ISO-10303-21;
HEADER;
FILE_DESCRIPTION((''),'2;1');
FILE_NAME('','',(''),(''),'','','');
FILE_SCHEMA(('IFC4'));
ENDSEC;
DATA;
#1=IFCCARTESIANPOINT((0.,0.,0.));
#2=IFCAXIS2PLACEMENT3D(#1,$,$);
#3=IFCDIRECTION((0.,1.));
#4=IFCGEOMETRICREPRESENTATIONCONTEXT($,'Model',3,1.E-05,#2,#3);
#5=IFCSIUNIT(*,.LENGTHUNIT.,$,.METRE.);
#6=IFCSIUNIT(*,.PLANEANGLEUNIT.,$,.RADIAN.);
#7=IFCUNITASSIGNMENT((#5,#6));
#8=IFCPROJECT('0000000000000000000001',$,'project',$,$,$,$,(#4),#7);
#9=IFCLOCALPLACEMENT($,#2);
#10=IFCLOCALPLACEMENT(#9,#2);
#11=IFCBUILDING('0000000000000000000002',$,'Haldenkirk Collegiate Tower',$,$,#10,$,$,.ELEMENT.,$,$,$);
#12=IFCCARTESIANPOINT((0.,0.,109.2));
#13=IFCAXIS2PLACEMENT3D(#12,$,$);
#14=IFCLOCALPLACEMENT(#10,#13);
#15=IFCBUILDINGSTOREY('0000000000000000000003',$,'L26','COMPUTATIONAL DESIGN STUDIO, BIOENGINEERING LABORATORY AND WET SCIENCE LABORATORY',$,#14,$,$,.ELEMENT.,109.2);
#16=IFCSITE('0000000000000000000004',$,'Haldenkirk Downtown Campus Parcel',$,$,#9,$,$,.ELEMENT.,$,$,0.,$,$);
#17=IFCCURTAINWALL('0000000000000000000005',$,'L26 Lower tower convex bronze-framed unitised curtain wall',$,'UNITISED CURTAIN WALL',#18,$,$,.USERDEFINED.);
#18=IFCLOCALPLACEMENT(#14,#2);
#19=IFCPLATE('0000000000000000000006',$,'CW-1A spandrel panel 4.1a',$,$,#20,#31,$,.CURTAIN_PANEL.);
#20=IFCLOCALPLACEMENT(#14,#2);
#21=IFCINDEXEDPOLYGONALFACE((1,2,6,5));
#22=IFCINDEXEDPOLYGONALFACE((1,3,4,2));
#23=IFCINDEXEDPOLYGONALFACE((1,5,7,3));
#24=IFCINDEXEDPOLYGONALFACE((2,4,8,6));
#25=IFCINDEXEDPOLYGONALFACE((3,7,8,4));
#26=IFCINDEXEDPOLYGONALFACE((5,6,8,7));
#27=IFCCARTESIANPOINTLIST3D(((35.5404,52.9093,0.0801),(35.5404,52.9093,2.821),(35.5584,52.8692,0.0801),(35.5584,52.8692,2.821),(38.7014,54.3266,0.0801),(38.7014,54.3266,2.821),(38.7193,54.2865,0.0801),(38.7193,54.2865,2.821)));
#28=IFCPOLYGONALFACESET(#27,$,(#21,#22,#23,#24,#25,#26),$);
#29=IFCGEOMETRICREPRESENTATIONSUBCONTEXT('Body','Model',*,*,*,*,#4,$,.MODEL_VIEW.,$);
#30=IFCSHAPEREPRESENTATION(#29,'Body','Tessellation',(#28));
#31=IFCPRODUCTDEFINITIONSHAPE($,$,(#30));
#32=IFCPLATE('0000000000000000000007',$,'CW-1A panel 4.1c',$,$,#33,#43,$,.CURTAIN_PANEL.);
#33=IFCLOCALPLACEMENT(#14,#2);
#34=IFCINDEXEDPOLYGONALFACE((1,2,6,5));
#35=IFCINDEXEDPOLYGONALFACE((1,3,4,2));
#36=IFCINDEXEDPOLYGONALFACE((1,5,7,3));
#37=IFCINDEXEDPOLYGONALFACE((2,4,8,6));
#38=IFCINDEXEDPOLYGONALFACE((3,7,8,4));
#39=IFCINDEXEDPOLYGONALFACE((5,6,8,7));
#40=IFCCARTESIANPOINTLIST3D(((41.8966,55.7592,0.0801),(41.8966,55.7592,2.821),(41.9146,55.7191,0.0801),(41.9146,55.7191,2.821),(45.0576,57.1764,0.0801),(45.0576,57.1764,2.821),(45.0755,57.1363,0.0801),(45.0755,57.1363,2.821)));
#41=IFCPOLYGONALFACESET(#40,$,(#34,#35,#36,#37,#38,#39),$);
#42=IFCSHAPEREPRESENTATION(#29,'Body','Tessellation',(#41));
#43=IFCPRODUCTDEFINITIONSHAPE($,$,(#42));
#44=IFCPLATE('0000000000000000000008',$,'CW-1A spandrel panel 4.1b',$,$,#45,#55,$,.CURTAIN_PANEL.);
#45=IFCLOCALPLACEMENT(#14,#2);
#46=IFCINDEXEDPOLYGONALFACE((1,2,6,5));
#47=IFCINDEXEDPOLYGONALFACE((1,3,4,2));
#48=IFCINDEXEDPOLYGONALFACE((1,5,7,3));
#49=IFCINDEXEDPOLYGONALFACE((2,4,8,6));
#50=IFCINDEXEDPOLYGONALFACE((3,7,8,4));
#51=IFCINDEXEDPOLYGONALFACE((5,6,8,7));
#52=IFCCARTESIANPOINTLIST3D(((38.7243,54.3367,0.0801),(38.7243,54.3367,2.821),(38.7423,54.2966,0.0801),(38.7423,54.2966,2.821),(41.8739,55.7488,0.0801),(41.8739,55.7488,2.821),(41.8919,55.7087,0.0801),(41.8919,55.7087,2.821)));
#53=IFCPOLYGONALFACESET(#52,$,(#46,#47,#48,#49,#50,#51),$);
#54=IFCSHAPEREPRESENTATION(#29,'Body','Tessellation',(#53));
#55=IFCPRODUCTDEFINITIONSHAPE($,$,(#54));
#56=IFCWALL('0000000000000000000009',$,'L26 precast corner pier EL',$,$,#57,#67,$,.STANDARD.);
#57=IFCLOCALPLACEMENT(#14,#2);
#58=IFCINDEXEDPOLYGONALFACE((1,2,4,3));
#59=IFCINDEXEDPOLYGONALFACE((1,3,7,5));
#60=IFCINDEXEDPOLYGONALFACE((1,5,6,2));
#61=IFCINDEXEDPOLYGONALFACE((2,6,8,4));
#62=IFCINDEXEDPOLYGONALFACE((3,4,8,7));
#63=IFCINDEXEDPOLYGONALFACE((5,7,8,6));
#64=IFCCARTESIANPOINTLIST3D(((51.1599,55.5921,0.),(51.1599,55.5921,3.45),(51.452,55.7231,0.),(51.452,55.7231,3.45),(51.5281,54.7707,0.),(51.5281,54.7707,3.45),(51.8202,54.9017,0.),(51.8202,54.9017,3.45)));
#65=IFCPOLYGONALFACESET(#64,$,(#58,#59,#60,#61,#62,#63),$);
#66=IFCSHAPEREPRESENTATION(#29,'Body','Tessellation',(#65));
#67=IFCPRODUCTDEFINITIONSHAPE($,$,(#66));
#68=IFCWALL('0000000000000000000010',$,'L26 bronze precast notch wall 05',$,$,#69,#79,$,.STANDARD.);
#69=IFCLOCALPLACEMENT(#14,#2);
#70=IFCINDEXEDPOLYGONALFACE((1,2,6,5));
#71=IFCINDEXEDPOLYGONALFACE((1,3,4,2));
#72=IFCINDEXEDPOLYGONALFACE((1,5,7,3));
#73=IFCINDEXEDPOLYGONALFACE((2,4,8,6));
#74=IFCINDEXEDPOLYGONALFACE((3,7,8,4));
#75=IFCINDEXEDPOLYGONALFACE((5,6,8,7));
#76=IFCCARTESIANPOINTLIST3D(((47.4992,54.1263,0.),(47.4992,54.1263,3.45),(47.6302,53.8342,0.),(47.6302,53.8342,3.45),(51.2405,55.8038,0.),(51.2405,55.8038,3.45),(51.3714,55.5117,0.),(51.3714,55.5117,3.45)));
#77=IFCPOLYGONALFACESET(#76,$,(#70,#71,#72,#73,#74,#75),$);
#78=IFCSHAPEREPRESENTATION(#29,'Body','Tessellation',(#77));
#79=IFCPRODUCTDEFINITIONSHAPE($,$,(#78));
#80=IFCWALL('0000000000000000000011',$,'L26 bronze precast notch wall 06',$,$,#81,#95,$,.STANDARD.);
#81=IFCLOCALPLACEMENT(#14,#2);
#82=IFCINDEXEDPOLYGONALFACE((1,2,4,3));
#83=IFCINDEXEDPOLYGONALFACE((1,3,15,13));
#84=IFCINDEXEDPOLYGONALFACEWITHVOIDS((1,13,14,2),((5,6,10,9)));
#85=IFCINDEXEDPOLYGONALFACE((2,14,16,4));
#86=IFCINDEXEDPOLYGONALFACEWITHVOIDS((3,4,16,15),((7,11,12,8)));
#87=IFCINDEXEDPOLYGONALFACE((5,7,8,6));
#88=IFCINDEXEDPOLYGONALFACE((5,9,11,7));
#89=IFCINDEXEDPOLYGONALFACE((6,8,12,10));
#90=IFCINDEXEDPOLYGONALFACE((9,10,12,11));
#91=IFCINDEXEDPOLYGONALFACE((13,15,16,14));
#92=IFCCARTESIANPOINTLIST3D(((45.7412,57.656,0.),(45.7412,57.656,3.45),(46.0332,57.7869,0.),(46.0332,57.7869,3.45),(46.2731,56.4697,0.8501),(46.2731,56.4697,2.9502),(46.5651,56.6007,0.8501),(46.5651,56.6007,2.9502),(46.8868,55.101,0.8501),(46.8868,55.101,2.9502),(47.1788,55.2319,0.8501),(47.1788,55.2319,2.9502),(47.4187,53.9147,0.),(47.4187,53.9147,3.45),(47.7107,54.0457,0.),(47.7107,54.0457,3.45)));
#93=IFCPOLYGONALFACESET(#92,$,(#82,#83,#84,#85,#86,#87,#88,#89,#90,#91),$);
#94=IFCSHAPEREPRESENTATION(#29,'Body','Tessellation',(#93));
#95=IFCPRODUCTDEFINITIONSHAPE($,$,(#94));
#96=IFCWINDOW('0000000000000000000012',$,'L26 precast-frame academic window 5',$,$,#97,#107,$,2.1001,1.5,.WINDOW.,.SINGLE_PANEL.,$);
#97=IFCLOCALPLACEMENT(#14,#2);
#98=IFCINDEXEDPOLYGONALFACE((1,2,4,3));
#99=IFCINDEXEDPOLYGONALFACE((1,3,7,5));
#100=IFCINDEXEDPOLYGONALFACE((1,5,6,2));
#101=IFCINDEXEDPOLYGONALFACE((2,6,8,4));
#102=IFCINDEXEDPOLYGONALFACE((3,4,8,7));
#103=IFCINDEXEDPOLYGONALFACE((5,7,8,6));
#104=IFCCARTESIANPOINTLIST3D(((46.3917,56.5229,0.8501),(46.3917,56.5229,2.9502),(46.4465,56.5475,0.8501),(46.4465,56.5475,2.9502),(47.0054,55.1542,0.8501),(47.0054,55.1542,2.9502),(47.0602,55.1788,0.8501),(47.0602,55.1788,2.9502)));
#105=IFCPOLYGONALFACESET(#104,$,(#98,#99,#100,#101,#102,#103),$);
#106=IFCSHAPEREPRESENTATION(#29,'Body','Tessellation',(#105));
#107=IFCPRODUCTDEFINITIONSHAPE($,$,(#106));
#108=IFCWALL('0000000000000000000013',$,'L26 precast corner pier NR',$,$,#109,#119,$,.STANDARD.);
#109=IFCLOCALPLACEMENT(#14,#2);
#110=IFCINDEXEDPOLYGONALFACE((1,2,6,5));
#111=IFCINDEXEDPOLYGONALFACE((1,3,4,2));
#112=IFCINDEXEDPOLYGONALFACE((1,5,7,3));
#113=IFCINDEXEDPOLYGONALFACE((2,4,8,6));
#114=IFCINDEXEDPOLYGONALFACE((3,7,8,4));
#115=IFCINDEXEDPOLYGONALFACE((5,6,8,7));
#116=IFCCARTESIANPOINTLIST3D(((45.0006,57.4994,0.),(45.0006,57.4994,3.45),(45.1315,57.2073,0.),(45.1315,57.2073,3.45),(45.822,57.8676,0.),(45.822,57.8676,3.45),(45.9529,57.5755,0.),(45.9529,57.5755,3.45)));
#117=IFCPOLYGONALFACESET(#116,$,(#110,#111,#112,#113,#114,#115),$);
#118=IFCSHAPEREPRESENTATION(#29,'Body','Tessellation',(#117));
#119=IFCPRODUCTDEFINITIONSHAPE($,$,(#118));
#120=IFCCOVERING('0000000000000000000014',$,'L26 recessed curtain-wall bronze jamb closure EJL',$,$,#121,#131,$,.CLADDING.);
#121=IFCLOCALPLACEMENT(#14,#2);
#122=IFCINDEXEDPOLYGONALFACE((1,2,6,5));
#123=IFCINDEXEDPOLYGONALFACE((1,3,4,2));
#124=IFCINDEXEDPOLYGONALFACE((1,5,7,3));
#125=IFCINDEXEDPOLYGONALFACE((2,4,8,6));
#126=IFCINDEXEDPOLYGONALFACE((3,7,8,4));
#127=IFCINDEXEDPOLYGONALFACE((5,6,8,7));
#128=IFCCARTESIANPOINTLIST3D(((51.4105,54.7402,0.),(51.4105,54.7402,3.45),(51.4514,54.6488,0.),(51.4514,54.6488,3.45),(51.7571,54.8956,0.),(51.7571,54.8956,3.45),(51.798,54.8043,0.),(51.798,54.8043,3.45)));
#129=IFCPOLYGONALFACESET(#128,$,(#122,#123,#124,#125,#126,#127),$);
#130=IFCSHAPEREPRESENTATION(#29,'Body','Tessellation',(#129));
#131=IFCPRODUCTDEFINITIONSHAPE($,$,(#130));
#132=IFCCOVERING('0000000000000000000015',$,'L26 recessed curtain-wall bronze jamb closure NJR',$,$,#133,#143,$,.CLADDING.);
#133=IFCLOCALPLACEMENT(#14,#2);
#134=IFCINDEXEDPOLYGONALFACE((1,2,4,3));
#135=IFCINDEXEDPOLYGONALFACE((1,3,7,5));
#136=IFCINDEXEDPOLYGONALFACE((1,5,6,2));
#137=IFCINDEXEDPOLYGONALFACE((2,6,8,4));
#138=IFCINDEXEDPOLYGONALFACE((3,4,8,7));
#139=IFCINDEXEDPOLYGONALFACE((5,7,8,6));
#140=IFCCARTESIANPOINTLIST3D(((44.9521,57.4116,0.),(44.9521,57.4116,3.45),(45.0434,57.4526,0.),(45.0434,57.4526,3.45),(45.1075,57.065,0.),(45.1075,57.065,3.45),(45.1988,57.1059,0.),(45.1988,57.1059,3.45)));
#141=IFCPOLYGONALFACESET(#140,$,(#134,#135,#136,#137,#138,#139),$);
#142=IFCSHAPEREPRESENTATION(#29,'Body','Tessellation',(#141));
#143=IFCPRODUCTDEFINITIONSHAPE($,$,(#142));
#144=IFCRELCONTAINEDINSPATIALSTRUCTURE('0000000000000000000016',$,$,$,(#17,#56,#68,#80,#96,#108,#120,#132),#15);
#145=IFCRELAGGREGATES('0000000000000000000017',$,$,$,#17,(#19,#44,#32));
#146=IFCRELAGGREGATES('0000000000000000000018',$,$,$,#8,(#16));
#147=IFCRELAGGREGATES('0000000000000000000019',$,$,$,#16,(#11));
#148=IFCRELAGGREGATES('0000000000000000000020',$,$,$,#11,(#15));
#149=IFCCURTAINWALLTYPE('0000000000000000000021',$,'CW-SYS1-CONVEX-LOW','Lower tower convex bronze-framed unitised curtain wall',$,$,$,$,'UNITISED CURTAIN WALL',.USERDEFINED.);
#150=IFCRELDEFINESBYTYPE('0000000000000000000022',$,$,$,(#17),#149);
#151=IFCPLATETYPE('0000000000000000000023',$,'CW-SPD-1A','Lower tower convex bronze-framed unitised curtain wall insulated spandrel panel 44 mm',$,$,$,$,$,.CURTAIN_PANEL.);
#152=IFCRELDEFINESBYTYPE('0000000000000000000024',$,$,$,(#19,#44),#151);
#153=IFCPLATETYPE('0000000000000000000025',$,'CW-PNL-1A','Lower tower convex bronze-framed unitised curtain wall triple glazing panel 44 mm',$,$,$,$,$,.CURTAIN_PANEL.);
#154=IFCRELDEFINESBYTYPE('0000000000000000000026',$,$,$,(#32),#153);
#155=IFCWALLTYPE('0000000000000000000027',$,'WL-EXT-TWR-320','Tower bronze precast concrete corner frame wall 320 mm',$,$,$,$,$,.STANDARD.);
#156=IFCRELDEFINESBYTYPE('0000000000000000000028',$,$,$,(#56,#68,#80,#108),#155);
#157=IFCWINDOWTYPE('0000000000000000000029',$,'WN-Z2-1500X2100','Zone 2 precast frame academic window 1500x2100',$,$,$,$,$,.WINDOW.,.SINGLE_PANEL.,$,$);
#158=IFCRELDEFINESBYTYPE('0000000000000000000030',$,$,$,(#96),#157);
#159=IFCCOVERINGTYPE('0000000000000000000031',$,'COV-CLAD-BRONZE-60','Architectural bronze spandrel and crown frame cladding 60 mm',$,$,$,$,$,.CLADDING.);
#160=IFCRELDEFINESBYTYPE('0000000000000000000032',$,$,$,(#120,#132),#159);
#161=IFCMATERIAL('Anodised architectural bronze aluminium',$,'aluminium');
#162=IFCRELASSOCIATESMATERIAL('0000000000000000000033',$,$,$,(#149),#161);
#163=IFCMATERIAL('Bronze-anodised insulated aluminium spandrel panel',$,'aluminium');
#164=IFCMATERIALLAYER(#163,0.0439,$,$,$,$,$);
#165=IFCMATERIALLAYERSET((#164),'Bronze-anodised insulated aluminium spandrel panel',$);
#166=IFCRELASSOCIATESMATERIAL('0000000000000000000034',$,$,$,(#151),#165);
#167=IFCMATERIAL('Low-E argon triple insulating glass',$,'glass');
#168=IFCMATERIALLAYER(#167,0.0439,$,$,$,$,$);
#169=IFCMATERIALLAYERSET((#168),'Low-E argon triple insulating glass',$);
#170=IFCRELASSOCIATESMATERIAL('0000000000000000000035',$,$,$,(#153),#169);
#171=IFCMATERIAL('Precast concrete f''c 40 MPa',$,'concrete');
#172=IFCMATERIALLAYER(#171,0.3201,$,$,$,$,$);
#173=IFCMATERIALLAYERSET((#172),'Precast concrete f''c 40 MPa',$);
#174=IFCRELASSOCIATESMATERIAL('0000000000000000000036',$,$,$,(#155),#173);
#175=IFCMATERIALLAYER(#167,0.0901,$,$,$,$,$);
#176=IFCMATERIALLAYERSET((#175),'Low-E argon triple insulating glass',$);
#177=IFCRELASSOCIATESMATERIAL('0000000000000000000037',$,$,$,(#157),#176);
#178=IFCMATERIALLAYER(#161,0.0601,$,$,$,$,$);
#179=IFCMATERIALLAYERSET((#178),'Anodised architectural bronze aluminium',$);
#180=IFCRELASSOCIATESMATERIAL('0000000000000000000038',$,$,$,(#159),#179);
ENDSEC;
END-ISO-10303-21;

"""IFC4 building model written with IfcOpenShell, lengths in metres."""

from ifc_helpers import new_model, si_unit, direction, frame, frame_2d, origin, origin_2d, place, context, subcontext, project, spatial, rectangle, extrude, source, transform, mapped, material, layer, layer_set, type_object, element, fill, aggregate, save


model = new_model("IFC4")

# Units and contexts
model_context = context("Model", 3, precision=1e-05, world=origin(), true_north=direction((0.0, 1.0)))
body_context = subcontext(model_context, "Body", "Model", "MODEL_VIEW")
ifc_project = project(units=[si_unit("LENGTHUNIT", "METRE"), si_unit("PLANEANGLEUNIT", "RADIAN")], contexts=[model_context])

# Site, building, storey
site_placement = place(None, origin())
site = spatial("IfcSite", under=ifc_project, at=site_placement, Name="Haldenkirk Downtown Campus Parcel", CompositionType="ELEMENT", RefElevation=0.0)
building_placement = place(site_placement, origin())
building = spatial("IfcBuilding", under=site, at=building_placement, Name="Haldenkirk Collegiate Tower", CompositionType="ELEMENT")
storey_placement = place(building_placement, frame((0.0, 0.0, 109.2)))
storey = spatial("IfcBuildingStorey", under=building, at=storey_placement, Name="L26", Description="COMPUTATIONAL DESIGN STUDIO, BIOENGINEERING LABORATORY AND WET SCIENCE LABORATORY", CompositionType="ELEMENT", Elevation=109.2)

# Curtain wall
ifc_material_1 = material(Name="Anodised architectural bronze aluminium", Category="aluminium")
curtain_wall_type = type_object("IfcCurtainWallType", Name="CW-SYS1-CONVEX-LOW", Description="Lower tower convex bronze-framed unitised curtain wall", ElementType="UNITISED CURTAIN WALL", PredefinedType="USERDEFINED", material=ifc_material_1)
curtain_wall_1_placement = place(storey_placement, origin())
curtain_wall_1 = element("IfcCurtainWall", 1, at=curtain_wall_1_placement, inside=storey, type_object=curtain_wall_type, Name="L26 Lower tower convex bronze-framed unitised curtain wall", ObjectType="UNITISED CURTAIN WALL", PredefinedType="USERDEFINED")

# Plates
ifc_material_2 = material(Name="Bronze-anodised insulated aluminium spandrel panel", Category="aluminium")
ifc_layer_1 = layer(ifc_material_2, 0.0439)
ifc_layer_set_1 = layer_set([ifc_layer_1], Name="Bronze-anodised insulated aluminium spandrel panel")
plate_type_1 = type_object("IfcPlateType", Name="CW-SPD-1A", Description="Lower tower convex bronze-framed unitised curtain wall insulated spandrel panel 44 mm", PredefinedType="CURTAIN_PANEL", material=ifc_layer_set_1)
ifc_material_3 = material(Name="Low-E argon triple insulating glass", Category="glass")
ifc_layer_2 = layer(ifc_material_3, 0.0439)
ifc_layer_set_2 = layer_set([ifc_layer_2], Name="Low-E argon triple insulating glass")
plate_type_2 = type_object("IfcPlateType", Name="CW-PNL-1A", Description="Lower tower convex bronze-framed unitised curtain wall triple glazing panel 44 mm", PredefinedType="CURTAIN_PANEL", material=ifc_layer_set_2)
shared_shape_1 = source(origin(), body_context, "Body", "SweptSolid", [
    extrude(rectangle(XDim=3.4641, YDim=0.0439, at=origin_2d()), origin(), (0.0, 0.0, 1.0), 2.741),
])
plate_1_placement = place(storey_placement, frame((37.1299, 53.5979, 0.0801), z_axis=(0.0, 0.0, 1.0), x_axis=(0.912477, 0.409127, 0.0)))
plate_1 = element("IfcPlate", 2, at=plate_1_placement, type_object=plate_type_1, Name="CW-1A spandrel panel 4.1a", PredefinedType="CURTAIN_PANEL", context=body_context, shape_type="MappedRepresentation", body=[
    mapped(shared_shape_1, transform((0.0, 0.0, 0.0), x_axis=(1.0, 0.0, 0.0), y_axis=(0.0, 1.0, 0.0), z_axis=(0.0, 0.0, 1.0), scale=1.0)),
])
plate_2_placement = place(storey_placement, frame((43.4861, 56.4478, 0.0801), z_axis=(0.0, 0.0, 1.0), x_axis=(0.912477, 0.409127, 0.0)))
plate_2 = element("IfcPlate", 3, at=plate_2_placement, type_object=plate_type_2, Name="CW-1A panel 4.1c", PredefinedType="CURTAIN_PANEL", context=body_context, shape_type="MappedRepresentation", body=[
    mapped(shared_shape_1, transform((0.0, 0.0, 0.0), x_axis=(1.0, 0.0, 0.0), y_axis=(0.0, 1.0, 0.0), z_axis=(0.0, 0.0, 1.0), scale=1.0)),
])
shared_shape_2 = source(origin(), body_context, "Body", "SweptSolid", [
    extrude(rectangle(XDim=3.4517, YDim=0.0439, at=origin_2d()), origin(), (0.0, 0.0, 1.0), 2.741),
])
plate_3_placement = place(storey_placement, frame((40.3081, 55.0227, 0.0801), z_axis=(0.0, 0.0, 1.0), x_axis=(0.912477, 0.409127, 0.0)))
plate_3 = element("IfcPlate", 4, at=plate_3_placement, type_object=plate_type_1, Name="CW-1A spandrel panel 4.1b", PredefinedType="CURTAIN_PANEL", context=body_context, shape_type="MappedRepresentation", body=[
    mapped(shared_shape_2, transform((0.0, 0.0, 0.0), x_axis=(1.0, 0.0, 0.0), y_axis=(0.0, 1.0, 0.0), z_axis=(0.0, 0.0, 1.0), scale=1.0)),
])
aggregate(curtain_wall_1, [plate_1, plate_3, plate_2])

# Walls
ifc_material_4 = material(Name="Precast concrete f'c 40 MPa", Category="concrete")
ifc_layer_3 = layer(ifc_material_4, 0.3201)
ifc_layer_set_3 = layer_set([ifc_layer_3], Name="Precast concrete f'c 40 MPa")
wall_type = type_object("IfcWallType", Name="WL-EXT-TWR-320", Description="Tower bronze precast concrete corner frame wall 320 mm", PredefinedType="STANDARD", material=ifc_layer_set_3)
wall_1_placement = place(storey_placement, frame((51.3059, 55.6577, 0.0), z_axis=(0.0, 0.0, 1.0), x_axis=(0.409056, -0.912509, 0.0)))
element("IfcWall", 5, at=wall_1_placement, inside=storey, type_object=wall_type, Name="L26 precast corner pier EL", PredefinedType="STANDARD", context=body_context, shape_type="SweptSolid", body=[
    extrude(rectangle(XDim=0.9001, YDim=0.3201, at=frame_2d((0.4502, 0.0))), origin(), (0.0, 0.0, 1.0), 3.45),
])
wall_2_placement = place(storey_placement, frame((47.5647, 53.9802, 0.0), z_axis=(0.0, 0.0, 1.0), x_axis=(0.912473, 0.409136, 0.0)))
element("IfcWall", 6, at=wall_2_placement, inside=storey, type_object=wall_type, Name="L26 bronze precast notch wall 05", PredefinedType="STANDARD", context=body_context, shape_type="SweptSolid", body=[
    extrude(rectangle(XDim=4.1001, YDim=0.3201, at=frame_2d((2.05, 0.0))), origin(), (0.0, 0.0, 1.0), 3.45),
])

# Wall, opening, window
wall_3_placement = place(storey_placement, frame((45.8872, 57.7214, 0.0), z_axis=(0.0, 0.0, 1.0), x_axis=(0.409136, -0.912473, 0.0)))
wall_3 = element("IfcWall", 7, at=wall_3_placement, inside=storey, type_object=wall_type, Name="L26 bronze precast notch wall 06", PredefinedType="STANDARD", context=body_context, shape_type="SweptSolid", body=[
    extrude(rectangle(XDim=4.1001, YDim=0.3201, at=frame_2d((2.05, 0.0))), origin(), (0.0, 0.0, 1.0), 3.45),
])
opening_placement = place(wall_3_placement, frame((1.3, 0.0, 0.8501)))
opening = element("IfcOpeningElement", 8, at=opening_placement, cuts=wall_3, PredefinedType="OPENING", context=body_context, shape_type="SweptSolid", body=[
    extrude(rectangle(XDim=1.5, YDim=2.1001, at=frame_2d((0.75, 1.05))), frame((0.0, 0.1699, 0.0), z_axis=(0.0, -1.0, 0.0), x_axis=(1.0, 0.0, 0.0)), (0.0, 0.0, 1.0), 0.3401),
])
ifc_layer_4 = layer(ifc_material_3, 0.0901)
ifc_layer_set_4 = layer_set([ifc_layer_4], Name="Low-E argon triple insulating glass")
window_type = type_object("IfcWindowType", Name="WN-Z2-1500X2100", Description="Zone 2 precast frame academic window 1500x2100", PartitioningType="SINGLE_PANEL", PredefinedType="WINDOW", material=ifc_layer_set_4)
window_placement = place(opening_placement, origin())
window = element("IfcWindow", 9, at=window_placement, inside=storey, type_object=window_type, Name="L26 precast-frame academic window 5", OverallHeight=2.1001, OverallWidth=1.5, PartitioningType="SINGLE_PANEL", PredefinedType="WINDOW", context=body_context, shape_type="SweptSolid", body=[
    extrude(rectangle(XDim=1.5, YDim=2.1001, at=frame_2d((0.75, 1.05))), frame((0.0, 0.03, 0.0), z_axis=(0.0, -1.0, 0.0), x_axis=(1.0, 0.0, 0.0)), (0.0, 0.0, 1.0), 0.0601),
])
fill(opening, window)

# Wall
wall_4_placement = place(storey_placement, frame((45.0659, 57.3533, 0.0), z_axis=(0.0, 0.0, 1.0), x_axis=(0.912509, 0.409056, 0.0)))
element("IfcWall", 10, at=wall_4_placement, inside=storey, type_object=wall_type, Name="L26 precast corner pier NR", PredefinedType="STANDARD", context=body_context, shape_type="SweptSolid", body=[
    extrude(rectangle(XDim=0.9001, YDim=0.3201, at=frame_2d((0.4502, 0.0))), origin(), (0.0, 0.0, 1.0), 3.45),
])

# Coverings
ifc_layer_5 = layer(ifc_material_1, 0.0601)
ifc_layer_set_5 = layer_set([ifc_layer_5], Name="Anodised architectural bronze aluminium")
covering_type = type_object("IfcCoveringType", Name="COV-CLAD-BRONZE-60", Description="Architectural bronze spandrel and crown frame cladding 60 mm", PredefinedType="CLADDING", material=ifc_layer_set_5)
shared_shape_3 = source(origin(), body_context, "Body", "SweptSolid", [
    extrude(rectangle(XDim=0.1001, YDim=0.3799, at=origin_2d()), origin(), (0.0, 0.0, 1.0), 3.45),
])
for number, where, z_axis, x_axis, name in (
    (11, (51.6042, 54.7722, 0.0), (0.0, 0.0, 1.0), (0.409127, -0.912477, 0.0), "L26 recessed curtain-wall bronze jamb closure EJL"),
    (12, (45.0754, 57.2588, 0.0), (0.0, 0.0, 1.0), (0.912477, 0.409127, 0.0), "L26 recessed curtain-wall bronze jamb closure NJR"),
):
    element("IfcCovering", number, at=place(storey_placement, frame(where, z_axis=z_axis, x_axis=x_axis)), inside=storey, type_object=covering_type, Name=name, PredefinedType="CLADDING", context=body_context, shape_type="MappedRepresentation", body=[
        mapped(shared_shape_3, transform((0.0, 0.0, 0.0), x_axis=(1.0, 0.0, 0.0), y_axis=(0.0, 1.0, 0.0), z_axis=(0.0, 0.0, 1.0), scale=1.0)),
    ])

save(model, "model.ifc")
